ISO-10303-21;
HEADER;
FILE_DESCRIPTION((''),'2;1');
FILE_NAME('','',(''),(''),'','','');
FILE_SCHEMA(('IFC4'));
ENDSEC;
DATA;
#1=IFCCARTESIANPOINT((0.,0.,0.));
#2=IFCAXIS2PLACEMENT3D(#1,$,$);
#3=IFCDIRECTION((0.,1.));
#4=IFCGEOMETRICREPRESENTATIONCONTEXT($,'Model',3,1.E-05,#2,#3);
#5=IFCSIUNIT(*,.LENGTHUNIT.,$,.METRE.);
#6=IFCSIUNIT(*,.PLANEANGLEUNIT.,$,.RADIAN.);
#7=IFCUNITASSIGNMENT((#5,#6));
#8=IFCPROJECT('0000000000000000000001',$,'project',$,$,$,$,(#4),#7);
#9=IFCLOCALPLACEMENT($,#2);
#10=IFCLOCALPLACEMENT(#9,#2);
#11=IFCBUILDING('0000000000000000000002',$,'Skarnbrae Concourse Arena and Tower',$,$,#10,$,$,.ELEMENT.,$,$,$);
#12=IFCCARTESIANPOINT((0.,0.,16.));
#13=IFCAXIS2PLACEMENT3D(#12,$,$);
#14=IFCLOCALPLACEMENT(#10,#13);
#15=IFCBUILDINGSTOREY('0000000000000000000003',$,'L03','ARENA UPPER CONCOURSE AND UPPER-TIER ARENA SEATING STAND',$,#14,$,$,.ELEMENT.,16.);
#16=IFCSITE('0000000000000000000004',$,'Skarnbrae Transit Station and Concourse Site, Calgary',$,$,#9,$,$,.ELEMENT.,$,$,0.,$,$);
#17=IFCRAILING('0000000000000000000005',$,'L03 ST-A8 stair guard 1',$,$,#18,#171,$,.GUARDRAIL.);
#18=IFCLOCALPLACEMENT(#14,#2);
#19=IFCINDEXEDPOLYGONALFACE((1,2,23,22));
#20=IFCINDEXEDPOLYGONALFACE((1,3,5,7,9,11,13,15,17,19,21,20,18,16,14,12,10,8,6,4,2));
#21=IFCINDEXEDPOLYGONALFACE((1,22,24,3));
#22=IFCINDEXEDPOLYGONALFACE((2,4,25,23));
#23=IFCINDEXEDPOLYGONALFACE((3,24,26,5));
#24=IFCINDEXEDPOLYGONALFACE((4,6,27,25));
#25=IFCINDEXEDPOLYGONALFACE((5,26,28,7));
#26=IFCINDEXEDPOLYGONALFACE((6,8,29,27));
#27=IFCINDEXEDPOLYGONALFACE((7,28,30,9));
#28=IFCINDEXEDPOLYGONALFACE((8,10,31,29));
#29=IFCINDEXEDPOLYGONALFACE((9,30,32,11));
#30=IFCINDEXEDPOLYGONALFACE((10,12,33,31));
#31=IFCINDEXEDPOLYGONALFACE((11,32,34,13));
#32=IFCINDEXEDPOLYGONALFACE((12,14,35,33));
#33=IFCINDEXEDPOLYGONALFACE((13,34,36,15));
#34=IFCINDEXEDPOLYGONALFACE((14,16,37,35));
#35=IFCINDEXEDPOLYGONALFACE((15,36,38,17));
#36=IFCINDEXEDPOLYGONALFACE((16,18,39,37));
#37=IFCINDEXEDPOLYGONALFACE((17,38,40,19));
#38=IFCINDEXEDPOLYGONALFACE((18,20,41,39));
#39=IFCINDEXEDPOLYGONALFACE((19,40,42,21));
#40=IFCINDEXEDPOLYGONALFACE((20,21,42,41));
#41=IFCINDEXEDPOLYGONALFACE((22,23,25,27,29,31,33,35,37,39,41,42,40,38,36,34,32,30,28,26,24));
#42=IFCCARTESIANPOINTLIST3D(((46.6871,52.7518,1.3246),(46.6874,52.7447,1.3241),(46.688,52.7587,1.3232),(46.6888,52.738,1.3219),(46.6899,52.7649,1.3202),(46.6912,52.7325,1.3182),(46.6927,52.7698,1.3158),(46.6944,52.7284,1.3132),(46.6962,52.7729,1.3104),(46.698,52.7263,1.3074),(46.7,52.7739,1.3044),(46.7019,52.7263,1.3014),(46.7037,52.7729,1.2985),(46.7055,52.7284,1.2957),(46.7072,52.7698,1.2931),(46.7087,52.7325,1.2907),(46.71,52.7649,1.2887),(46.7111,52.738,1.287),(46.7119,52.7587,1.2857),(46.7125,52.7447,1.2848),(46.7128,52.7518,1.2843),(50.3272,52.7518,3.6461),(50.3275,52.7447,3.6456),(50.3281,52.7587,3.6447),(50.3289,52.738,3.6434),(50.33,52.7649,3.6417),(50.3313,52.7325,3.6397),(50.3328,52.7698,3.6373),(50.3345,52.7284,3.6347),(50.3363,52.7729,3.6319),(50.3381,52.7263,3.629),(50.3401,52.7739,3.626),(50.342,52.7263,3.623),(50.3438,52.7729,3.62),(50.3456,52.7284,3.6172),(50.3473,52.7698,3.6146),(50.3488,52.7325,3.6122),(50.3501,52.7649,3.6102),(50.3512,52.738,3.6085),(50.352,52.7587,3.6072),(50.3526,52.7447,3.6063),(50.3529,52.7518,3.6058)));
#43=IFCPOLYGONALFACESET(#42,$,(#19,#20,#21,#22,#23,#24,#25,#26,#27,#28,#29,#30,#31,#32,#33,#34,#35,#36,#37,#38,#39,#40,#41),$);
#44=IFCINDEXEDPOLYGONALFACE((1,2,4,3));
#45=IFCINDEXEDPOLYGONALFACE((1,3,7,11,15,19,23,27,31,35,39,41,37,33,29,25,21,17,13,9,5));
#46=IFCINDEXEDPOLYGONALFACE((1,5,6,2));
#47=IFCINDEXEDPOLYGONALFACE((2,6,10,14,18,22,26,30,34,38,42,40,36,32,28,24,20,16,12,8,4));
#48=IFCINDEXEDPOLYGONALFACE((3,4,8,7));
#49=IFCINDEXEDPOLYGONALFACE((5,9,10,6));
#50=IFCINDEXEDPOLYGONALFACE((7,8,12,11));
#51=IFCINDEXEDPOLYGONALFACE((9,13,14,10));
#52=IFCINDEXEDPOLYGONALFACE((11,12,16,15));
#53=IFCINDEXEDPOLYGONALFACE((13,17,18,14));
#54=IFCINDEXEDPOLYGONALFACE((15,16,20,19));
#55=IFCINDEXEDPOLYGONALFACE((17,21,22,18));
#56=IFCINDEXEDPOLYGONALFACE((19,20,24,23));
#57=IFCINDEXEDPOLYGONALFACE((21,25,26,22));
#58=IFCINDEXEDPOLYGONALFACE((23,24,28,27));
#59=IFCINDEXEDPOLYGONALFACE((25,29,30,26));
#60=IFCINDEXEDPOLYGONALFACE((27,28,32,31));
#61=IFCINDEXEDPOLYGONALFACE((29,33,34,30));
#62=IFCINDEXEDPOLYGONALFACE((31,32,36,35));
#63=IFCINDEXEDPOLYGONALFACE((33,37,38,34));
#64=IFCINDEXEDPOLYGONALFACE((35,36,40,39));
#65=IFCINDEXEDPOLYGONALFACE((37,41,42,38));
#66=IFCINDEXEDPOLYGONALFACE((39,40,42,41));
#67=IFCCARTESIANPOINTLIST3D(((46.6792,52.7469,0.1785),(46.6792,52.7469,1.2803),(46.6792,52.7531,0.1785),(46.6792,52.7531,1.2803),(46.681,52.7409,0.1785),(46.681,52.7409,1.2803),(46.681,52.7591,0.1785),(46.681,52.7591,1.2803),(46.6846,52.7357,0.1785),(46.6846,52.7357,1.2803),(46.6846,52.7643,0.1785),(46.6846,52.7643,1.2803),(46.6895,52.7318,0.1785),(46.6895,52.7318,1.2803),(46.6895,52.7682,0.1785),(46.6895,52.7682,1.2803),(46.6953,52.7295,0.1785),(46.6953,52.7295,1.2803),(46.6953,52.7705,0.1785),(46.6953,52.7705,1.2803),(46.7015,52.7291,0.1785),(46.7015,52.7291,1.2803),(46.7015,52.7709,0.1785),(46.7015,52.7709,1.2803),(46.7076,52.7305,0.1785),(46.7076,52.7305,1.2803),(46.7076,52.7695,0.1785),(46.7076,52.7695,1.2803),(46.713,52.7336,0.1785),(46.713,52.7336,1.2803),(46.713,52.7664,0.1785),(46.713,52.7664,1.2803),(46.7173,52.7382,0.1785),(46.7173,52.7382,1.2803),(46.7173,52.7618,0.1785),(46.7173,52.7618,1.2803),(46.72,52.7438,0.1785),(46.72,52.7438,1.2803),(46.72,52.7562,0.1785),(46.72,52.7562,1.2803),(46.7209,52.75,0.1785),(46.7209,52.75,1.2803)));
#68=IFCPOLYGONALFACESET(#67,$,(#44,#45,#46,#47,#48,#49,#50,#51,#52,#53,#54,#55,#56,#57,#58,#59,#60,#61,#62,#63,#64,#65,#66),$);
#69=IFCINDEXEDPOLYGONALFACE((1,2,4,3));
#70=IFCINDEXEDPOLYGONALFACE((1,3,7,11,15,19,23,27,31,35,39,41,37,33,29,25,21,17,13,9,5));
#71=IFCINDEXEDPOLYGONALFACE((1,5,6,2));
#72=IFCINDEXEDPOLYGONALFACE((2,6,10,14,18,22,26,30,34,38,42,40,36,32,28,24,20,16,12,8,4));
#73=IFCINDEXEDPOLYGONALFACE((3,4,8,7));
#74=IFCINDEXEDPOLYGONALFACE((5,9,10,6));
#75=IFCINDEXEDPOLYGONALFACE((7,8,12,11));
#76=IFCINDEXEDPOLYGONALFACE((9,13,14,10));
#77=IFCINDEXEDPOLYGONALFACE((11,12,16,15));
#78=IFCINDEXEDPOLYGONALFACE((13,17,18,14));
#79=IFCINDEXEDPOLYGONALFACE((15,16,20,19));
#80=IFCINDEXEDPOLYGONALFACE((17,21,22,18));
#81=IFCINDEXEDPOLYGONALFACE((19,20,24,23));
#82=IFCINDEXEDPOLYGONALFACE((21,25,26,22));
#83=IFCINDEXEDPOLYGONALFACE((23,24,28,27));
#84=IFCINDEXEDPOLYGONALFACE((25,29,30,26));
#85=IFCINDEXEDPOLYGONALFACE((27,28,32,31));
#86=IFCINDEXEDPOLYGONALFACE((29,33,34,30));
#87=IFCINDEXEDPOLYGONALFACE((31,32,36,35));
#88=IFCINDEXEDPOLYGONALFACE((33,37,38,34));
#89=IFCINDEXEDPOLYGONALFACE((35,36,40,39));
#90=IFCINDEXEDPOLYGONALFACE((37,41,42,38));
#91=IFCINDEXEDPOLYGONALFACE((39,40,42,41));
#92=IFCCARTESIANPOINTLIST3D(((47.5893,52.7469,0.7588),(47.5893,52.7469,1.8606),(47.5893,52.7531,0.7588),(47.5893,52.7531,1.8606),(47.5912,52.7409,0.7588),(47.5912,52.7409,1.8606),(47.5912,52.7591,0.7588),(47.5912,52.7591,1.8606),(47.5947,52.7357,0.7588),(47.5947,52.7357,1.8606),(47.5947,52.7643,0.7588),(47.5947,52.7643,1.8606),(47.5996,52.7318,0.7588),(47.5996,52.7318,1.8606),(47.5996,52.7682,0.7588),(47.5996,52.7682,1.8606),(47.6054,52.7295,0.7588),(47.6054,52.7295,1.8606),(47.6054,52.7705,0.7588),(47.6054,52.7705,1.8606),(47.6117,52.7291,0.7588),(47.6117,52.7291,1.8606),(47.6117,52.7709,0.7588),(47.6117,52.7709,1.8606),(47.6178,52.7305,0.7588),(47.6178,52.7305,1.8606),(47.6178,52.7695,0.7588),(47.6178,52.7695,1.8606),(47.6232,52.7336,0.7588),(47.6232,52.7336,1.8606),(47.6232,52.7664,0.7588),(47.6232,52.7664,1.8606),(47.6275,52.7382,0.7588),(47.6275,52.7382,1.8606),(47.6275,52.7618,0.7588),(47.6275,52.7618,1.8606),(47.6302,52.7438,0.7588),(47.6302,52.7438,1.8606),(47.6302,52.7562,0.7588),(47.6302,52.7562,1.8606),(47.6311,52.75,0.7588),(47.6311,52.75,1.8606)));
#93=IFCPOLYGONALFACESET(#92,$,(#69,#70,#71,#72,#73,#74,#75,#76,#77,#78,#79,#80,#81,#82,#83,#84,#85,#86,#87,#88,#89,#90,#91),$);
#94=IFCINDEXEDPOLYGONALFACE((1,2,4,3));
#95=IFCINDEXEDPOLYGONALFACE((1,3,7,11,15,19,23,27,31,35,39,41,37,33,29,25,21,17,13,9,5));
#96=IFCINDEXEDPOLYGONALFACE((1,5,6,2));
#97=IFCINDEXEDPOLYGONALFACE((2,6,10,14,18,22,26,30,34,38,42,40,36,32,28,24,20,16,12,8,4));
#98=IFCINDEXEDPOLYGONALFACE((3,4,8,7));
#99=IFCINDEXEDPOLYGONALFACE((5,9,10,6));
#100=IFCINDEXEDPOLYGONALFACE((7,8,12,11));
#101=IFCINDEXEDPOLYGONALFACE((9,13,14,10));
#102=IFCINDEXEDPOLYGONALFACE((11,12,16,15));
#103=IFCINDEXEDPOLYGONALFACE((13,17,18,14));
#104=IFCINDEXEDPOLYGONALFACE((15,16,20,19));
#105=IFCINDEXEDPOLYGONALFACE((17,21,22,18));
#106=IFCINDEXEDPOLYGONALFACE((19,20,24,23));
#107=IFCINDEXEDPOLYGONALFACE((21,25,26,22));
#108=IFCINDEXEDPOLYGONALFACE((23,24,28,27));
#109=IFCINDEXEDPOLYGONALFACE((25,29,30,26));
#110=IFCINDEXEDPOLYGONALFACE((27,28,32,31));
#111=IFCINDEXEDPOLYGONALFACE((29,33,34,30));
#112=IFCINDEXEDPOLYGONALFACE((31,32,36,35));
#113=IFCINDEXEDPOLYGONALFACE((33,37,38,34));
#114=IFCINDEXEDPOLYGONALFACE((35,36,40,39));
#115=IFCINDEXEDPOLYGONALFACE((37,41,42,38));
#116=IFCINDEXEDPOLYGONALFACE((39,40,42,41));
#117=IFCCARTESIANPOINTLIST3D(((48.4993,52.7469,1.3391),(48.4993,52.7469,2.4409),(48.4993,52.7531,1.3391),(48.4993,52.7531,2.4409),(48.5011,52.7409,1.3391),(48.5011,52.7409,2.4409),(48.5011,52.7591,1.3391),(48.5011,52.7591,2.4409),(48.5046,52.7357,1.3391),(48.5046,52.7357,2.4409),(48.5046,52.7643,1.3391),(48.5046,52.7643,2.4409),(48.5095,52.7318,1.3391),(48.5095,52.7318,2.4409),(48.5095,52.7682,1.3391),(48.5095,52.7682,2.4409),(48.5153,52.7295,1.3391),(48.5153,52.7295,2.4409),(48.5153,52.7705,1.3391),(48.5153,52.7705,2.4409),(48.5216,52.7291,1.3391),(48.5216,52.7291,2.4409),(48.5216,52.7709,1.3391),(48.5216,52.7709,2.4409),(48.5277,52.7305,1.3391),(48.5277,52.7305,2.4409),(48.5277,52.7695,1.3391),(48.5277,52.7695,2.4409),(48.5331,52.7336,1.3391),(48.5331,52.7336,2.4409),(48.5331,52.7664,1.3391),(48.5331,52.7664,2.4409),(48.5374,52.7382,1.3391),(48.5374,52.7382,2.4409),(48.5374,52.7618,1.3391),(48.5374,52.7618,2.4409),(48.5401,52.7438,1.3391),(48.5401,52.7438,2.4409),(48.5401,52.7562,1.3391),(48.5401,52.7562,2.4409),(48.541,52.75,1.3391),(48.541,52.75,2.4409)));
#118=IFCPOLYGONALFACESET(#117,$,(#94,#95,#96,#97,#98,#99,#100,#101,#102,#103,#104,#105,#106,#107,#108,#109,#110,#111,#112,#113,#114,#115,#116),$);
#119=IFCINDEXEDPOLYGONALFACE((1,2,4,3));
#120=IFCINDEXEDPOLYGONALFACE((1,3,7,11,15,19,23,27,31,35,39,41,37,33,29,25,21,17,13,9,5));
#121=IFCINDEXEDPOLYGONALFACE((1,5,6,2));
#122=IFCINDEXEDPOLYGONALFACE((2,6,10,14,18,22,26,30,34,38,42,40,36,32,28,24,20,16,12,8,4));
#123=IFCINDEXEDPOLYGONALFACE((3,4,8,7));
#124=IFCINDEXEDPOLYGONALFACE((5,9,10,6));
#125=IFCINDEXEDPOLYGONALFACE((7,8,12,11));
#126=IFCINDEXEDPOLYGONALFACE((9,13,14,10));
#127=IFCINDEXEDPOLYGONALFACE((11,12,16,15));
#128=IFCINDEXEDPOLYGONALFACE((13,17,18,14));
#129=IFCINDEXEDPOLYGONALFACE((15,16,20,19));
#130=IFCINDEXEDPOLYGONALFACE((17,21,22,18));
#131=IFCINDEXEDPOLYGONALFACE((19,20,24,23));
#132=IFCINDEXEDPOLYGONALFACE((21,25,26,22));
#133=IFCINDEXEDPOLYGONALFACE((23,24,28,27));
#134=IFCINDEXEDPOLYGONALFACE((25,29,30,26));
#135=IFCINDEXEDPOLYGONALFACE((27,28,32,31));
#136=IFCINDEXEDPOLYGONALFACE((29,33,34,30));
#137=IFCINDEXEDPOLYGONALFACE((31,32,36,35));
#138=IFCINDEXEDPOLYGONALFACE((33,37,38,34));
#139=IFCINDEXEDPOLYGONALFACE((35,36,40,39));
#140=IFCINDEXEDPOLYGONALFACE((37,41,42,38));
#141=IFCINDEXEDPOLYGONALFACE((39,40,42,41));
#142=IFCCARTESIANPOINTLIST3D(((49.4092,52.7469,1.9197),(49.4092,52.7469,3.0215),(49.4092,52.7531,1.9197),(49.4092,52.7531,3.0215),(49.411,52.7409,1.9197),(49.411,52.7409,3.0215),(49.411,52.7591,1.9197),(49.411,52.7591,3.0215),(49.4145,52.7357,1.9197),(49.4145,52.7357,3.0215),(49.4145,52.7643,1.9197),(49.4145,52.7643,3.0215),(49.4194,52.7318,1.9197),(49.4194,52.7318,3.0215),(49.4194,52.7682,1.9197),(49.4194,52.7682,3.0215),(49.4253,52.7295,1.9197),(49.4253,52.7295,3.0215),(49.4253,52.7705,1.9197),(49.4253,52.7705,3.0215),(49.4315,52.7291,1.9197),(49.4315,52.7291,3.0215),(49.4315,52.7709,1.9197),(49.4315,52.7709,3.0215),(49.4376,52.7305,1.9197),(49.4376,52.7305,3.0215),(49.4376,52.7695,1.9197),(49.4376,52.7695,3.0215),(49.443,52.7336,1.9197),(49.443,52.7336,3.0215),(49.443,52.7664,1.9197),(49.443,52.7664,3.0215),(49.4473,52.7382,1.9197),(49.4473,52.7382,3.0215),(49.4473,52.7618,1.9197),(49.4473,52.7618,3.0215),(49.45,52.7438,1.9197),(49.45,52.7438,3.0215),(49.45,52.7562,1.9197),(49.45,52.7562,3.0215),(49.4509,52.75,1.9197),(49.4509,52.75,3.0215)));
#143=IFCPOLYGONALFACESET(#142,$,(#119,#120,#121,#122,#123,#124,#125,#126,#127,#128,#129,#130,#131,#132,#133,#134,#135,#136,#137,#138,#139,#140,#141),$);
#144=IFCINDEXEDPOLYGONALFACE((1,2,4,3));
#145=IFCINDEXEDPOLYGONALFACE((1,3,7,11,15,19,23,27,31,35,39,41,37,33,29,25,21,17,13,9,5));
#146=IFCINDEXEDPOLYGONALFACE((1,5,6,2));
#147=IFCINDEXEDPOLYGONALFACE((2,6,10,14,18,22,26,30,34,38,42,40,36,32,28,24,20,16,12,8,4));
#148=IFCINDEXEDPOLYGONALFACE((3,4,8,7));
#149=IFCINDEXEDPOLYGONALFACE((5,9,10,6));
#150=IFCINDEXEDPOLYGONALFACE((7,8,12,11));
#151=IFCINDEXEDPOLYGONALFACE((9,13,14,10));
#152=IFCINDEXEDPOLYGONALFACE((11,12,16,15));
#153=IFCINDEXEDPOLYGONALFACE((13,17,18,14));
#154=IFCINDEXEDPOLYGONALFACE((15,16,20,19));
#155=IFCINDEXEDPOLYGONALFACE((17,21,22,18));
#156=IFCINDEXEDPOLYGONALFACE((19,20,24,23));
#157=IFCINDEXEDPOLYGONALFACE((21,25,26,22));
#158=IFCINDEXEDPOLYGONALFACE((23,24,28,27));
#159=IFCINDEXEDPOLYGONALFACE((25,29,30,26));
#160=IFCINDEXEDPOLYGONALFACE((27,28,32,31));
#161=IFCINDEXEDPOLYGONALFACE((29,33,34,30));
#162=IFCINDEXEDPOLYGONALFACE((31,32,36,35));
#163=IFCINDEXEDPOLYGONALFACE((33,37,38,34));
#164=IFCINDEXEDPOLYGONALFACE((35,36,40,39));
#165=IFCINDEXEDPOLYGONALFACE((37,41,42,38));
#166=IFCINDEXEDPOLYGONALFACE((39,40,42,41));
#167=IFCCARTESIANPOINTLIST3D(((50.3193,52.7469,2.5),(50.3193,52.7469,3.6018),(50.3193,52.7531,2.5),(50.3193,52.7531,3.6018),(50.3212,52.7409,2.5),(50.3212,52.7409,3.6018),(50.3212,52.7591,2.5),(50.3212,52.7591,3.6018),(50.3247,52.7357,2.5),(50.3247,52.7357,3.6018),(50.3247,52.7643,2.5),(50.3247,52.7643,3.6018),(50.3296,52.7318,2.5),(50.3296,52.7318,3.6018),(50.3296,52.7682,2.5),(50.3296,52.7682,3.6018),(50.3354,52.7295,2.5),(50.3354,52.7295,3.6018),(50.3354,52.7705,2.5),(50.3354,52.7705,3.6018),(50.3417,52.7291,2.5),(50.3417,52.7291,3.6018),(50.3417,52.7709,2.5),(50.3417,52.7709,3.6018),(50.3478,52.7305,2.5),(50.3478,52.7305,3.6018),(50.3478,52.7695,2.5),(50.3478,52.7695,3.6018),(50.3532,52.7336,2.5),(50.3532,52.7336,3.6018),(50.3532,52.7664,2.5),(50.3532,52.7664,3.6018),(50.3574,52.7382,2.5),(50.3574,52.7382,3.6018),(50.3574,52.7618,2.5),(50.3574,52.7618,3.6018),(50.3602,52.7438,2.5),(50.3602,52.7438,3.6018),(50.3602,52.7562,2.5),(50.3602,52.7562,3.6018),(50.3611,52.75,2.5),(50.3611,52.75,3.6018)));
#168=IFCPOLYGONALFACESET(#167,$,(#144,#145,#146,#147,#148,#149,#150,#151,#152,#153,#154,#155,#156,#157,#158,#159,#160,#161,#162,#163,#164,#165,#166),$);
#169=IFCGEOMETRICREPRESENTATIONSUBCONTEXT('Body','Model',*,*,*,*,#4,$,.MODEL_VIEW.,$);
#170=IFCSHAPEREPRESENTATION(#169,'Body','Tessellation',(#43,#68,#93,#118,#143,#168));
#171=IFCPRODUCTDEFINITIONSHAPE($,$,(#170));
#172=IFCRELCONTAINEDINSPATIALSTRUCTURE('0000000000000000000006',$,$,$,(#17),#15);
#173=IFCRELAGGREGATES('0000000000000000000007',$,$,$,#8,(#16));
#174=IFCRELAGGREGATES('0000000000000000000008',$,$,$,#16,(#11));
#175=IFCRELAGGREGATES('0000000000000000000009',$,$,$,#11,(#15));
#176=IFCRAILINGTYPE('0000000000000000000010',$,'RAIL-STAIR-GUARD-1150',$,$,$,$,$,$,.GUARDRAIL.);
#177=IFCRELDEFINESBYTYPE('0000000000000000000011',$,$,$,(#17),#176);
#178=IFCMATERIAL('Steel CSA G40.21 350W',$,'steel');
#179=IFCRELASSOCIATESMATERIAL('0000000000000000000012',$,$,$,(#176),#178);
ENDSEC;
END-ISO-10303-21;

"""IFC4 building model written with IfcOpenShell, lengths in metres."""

from ifc_helpers import new_model, si_unit, direction, frame, origin, origin_2d, place, context, subcontext, project, spatial, circle, extrude, material, type_object, element, save


model = new_model("IFC4")

# Units and contexts
model_context = context("Model", 3, precision=1e-05, world=origin(), true_north=direction((0.0, 1.0)))
body_context = subcontext(model_context, "Body", "Model", "MODEL_VIEW")
ifc_project = project(units=[si_unit("LENGTHUNIT", "METRE"), si_unit("PLANEANGLEUNIT", "RADIAN")], contexts=[model_context])

# Site, building, storey
site_placement = place(None, origin())
site = spatial("IfcSite", under=ifc_project, at=site_placement, Name="Skarnbrae Transit Station and Concourse Site, Calgary", CompositionType="ELEMENT", RefElevation=0.0)
building_placement = place(site_placement, origin())
building = spatial("IfcBuilding", under=site, at=building_placement, Name="Skarnbrae Concourse Arena and Tower", CompositionType="ELEMENT")
storey_placement = place(building_placement, frame((0.0, 0.0, 16.0)))
storey = spatial("IfcBuildingStorey", under=building, at=storey_placement, Name="L03", Description="ARENA UPPER CONCOURSE AND UPPER-TIER ARENA SEATING STAND", CompositionType="ELEMENT", Elevation=16.0)

# Shared definitions
ifc_material_1 = material(Name="Steel CSA G40.21 350W", Category="steel")

# Railing
railing_type_1 = type_object("IfcRailingType", Name="RAIL-STAIR-GUARD-1150", PredefinedType="GUARDRAIL", material=ifc_material_1)
railing_1_placement = place(storey_placement, frame((46.7, 52.75, 0.1785)))
element("IfcRailing", 1, at=railing_1_placement, inside=storey, type_object=railing_type_1, Name="L03 ST-A8 stair guard 1", PredefinedType="GUARDRAIL", context=body_context, shape_type="SweptSolid", body=[
    extrude(circle(Radius=0.0239, at=origin_2d()), frame((0.0, 0.0, 1.126), z_axis=(0.843128, 0.0, 0.537713), x_axis=(0.0, 1.0, 0.0)), (0.0, 0.0, 1.0), 4.3174),
    extrude(circle(Radius=0.021, at=origin_2d()), origin(), (0.0, 0.0, 1.0), 1.1018),
    extrude(circle(Radius=0.021, at=origin_2d()), frame((0.9102, 0.0, 0.5803)), (0.0, 0.0, 1.0), 1.1018),
    extrude(circle(Radius=0.021, at=origin_2d()), frame((1.8201, 0.0, 1.1606)), (0.0, 0.0, 1.0), 1.1018),
    extrude(circle(Radius=0.021, at=origin_2d()), frame((2.73, 0.0, 1.7412)), (0.0, 0.0, 1.0), 1.1018),
    extrude(circle(Radius=0.021, at=origin_2d()), frame((3.6401, 0.0, 2.3215)), (0.0, 0.0, 1.0), 1.1018),
])

save(model, "model.ifc")
